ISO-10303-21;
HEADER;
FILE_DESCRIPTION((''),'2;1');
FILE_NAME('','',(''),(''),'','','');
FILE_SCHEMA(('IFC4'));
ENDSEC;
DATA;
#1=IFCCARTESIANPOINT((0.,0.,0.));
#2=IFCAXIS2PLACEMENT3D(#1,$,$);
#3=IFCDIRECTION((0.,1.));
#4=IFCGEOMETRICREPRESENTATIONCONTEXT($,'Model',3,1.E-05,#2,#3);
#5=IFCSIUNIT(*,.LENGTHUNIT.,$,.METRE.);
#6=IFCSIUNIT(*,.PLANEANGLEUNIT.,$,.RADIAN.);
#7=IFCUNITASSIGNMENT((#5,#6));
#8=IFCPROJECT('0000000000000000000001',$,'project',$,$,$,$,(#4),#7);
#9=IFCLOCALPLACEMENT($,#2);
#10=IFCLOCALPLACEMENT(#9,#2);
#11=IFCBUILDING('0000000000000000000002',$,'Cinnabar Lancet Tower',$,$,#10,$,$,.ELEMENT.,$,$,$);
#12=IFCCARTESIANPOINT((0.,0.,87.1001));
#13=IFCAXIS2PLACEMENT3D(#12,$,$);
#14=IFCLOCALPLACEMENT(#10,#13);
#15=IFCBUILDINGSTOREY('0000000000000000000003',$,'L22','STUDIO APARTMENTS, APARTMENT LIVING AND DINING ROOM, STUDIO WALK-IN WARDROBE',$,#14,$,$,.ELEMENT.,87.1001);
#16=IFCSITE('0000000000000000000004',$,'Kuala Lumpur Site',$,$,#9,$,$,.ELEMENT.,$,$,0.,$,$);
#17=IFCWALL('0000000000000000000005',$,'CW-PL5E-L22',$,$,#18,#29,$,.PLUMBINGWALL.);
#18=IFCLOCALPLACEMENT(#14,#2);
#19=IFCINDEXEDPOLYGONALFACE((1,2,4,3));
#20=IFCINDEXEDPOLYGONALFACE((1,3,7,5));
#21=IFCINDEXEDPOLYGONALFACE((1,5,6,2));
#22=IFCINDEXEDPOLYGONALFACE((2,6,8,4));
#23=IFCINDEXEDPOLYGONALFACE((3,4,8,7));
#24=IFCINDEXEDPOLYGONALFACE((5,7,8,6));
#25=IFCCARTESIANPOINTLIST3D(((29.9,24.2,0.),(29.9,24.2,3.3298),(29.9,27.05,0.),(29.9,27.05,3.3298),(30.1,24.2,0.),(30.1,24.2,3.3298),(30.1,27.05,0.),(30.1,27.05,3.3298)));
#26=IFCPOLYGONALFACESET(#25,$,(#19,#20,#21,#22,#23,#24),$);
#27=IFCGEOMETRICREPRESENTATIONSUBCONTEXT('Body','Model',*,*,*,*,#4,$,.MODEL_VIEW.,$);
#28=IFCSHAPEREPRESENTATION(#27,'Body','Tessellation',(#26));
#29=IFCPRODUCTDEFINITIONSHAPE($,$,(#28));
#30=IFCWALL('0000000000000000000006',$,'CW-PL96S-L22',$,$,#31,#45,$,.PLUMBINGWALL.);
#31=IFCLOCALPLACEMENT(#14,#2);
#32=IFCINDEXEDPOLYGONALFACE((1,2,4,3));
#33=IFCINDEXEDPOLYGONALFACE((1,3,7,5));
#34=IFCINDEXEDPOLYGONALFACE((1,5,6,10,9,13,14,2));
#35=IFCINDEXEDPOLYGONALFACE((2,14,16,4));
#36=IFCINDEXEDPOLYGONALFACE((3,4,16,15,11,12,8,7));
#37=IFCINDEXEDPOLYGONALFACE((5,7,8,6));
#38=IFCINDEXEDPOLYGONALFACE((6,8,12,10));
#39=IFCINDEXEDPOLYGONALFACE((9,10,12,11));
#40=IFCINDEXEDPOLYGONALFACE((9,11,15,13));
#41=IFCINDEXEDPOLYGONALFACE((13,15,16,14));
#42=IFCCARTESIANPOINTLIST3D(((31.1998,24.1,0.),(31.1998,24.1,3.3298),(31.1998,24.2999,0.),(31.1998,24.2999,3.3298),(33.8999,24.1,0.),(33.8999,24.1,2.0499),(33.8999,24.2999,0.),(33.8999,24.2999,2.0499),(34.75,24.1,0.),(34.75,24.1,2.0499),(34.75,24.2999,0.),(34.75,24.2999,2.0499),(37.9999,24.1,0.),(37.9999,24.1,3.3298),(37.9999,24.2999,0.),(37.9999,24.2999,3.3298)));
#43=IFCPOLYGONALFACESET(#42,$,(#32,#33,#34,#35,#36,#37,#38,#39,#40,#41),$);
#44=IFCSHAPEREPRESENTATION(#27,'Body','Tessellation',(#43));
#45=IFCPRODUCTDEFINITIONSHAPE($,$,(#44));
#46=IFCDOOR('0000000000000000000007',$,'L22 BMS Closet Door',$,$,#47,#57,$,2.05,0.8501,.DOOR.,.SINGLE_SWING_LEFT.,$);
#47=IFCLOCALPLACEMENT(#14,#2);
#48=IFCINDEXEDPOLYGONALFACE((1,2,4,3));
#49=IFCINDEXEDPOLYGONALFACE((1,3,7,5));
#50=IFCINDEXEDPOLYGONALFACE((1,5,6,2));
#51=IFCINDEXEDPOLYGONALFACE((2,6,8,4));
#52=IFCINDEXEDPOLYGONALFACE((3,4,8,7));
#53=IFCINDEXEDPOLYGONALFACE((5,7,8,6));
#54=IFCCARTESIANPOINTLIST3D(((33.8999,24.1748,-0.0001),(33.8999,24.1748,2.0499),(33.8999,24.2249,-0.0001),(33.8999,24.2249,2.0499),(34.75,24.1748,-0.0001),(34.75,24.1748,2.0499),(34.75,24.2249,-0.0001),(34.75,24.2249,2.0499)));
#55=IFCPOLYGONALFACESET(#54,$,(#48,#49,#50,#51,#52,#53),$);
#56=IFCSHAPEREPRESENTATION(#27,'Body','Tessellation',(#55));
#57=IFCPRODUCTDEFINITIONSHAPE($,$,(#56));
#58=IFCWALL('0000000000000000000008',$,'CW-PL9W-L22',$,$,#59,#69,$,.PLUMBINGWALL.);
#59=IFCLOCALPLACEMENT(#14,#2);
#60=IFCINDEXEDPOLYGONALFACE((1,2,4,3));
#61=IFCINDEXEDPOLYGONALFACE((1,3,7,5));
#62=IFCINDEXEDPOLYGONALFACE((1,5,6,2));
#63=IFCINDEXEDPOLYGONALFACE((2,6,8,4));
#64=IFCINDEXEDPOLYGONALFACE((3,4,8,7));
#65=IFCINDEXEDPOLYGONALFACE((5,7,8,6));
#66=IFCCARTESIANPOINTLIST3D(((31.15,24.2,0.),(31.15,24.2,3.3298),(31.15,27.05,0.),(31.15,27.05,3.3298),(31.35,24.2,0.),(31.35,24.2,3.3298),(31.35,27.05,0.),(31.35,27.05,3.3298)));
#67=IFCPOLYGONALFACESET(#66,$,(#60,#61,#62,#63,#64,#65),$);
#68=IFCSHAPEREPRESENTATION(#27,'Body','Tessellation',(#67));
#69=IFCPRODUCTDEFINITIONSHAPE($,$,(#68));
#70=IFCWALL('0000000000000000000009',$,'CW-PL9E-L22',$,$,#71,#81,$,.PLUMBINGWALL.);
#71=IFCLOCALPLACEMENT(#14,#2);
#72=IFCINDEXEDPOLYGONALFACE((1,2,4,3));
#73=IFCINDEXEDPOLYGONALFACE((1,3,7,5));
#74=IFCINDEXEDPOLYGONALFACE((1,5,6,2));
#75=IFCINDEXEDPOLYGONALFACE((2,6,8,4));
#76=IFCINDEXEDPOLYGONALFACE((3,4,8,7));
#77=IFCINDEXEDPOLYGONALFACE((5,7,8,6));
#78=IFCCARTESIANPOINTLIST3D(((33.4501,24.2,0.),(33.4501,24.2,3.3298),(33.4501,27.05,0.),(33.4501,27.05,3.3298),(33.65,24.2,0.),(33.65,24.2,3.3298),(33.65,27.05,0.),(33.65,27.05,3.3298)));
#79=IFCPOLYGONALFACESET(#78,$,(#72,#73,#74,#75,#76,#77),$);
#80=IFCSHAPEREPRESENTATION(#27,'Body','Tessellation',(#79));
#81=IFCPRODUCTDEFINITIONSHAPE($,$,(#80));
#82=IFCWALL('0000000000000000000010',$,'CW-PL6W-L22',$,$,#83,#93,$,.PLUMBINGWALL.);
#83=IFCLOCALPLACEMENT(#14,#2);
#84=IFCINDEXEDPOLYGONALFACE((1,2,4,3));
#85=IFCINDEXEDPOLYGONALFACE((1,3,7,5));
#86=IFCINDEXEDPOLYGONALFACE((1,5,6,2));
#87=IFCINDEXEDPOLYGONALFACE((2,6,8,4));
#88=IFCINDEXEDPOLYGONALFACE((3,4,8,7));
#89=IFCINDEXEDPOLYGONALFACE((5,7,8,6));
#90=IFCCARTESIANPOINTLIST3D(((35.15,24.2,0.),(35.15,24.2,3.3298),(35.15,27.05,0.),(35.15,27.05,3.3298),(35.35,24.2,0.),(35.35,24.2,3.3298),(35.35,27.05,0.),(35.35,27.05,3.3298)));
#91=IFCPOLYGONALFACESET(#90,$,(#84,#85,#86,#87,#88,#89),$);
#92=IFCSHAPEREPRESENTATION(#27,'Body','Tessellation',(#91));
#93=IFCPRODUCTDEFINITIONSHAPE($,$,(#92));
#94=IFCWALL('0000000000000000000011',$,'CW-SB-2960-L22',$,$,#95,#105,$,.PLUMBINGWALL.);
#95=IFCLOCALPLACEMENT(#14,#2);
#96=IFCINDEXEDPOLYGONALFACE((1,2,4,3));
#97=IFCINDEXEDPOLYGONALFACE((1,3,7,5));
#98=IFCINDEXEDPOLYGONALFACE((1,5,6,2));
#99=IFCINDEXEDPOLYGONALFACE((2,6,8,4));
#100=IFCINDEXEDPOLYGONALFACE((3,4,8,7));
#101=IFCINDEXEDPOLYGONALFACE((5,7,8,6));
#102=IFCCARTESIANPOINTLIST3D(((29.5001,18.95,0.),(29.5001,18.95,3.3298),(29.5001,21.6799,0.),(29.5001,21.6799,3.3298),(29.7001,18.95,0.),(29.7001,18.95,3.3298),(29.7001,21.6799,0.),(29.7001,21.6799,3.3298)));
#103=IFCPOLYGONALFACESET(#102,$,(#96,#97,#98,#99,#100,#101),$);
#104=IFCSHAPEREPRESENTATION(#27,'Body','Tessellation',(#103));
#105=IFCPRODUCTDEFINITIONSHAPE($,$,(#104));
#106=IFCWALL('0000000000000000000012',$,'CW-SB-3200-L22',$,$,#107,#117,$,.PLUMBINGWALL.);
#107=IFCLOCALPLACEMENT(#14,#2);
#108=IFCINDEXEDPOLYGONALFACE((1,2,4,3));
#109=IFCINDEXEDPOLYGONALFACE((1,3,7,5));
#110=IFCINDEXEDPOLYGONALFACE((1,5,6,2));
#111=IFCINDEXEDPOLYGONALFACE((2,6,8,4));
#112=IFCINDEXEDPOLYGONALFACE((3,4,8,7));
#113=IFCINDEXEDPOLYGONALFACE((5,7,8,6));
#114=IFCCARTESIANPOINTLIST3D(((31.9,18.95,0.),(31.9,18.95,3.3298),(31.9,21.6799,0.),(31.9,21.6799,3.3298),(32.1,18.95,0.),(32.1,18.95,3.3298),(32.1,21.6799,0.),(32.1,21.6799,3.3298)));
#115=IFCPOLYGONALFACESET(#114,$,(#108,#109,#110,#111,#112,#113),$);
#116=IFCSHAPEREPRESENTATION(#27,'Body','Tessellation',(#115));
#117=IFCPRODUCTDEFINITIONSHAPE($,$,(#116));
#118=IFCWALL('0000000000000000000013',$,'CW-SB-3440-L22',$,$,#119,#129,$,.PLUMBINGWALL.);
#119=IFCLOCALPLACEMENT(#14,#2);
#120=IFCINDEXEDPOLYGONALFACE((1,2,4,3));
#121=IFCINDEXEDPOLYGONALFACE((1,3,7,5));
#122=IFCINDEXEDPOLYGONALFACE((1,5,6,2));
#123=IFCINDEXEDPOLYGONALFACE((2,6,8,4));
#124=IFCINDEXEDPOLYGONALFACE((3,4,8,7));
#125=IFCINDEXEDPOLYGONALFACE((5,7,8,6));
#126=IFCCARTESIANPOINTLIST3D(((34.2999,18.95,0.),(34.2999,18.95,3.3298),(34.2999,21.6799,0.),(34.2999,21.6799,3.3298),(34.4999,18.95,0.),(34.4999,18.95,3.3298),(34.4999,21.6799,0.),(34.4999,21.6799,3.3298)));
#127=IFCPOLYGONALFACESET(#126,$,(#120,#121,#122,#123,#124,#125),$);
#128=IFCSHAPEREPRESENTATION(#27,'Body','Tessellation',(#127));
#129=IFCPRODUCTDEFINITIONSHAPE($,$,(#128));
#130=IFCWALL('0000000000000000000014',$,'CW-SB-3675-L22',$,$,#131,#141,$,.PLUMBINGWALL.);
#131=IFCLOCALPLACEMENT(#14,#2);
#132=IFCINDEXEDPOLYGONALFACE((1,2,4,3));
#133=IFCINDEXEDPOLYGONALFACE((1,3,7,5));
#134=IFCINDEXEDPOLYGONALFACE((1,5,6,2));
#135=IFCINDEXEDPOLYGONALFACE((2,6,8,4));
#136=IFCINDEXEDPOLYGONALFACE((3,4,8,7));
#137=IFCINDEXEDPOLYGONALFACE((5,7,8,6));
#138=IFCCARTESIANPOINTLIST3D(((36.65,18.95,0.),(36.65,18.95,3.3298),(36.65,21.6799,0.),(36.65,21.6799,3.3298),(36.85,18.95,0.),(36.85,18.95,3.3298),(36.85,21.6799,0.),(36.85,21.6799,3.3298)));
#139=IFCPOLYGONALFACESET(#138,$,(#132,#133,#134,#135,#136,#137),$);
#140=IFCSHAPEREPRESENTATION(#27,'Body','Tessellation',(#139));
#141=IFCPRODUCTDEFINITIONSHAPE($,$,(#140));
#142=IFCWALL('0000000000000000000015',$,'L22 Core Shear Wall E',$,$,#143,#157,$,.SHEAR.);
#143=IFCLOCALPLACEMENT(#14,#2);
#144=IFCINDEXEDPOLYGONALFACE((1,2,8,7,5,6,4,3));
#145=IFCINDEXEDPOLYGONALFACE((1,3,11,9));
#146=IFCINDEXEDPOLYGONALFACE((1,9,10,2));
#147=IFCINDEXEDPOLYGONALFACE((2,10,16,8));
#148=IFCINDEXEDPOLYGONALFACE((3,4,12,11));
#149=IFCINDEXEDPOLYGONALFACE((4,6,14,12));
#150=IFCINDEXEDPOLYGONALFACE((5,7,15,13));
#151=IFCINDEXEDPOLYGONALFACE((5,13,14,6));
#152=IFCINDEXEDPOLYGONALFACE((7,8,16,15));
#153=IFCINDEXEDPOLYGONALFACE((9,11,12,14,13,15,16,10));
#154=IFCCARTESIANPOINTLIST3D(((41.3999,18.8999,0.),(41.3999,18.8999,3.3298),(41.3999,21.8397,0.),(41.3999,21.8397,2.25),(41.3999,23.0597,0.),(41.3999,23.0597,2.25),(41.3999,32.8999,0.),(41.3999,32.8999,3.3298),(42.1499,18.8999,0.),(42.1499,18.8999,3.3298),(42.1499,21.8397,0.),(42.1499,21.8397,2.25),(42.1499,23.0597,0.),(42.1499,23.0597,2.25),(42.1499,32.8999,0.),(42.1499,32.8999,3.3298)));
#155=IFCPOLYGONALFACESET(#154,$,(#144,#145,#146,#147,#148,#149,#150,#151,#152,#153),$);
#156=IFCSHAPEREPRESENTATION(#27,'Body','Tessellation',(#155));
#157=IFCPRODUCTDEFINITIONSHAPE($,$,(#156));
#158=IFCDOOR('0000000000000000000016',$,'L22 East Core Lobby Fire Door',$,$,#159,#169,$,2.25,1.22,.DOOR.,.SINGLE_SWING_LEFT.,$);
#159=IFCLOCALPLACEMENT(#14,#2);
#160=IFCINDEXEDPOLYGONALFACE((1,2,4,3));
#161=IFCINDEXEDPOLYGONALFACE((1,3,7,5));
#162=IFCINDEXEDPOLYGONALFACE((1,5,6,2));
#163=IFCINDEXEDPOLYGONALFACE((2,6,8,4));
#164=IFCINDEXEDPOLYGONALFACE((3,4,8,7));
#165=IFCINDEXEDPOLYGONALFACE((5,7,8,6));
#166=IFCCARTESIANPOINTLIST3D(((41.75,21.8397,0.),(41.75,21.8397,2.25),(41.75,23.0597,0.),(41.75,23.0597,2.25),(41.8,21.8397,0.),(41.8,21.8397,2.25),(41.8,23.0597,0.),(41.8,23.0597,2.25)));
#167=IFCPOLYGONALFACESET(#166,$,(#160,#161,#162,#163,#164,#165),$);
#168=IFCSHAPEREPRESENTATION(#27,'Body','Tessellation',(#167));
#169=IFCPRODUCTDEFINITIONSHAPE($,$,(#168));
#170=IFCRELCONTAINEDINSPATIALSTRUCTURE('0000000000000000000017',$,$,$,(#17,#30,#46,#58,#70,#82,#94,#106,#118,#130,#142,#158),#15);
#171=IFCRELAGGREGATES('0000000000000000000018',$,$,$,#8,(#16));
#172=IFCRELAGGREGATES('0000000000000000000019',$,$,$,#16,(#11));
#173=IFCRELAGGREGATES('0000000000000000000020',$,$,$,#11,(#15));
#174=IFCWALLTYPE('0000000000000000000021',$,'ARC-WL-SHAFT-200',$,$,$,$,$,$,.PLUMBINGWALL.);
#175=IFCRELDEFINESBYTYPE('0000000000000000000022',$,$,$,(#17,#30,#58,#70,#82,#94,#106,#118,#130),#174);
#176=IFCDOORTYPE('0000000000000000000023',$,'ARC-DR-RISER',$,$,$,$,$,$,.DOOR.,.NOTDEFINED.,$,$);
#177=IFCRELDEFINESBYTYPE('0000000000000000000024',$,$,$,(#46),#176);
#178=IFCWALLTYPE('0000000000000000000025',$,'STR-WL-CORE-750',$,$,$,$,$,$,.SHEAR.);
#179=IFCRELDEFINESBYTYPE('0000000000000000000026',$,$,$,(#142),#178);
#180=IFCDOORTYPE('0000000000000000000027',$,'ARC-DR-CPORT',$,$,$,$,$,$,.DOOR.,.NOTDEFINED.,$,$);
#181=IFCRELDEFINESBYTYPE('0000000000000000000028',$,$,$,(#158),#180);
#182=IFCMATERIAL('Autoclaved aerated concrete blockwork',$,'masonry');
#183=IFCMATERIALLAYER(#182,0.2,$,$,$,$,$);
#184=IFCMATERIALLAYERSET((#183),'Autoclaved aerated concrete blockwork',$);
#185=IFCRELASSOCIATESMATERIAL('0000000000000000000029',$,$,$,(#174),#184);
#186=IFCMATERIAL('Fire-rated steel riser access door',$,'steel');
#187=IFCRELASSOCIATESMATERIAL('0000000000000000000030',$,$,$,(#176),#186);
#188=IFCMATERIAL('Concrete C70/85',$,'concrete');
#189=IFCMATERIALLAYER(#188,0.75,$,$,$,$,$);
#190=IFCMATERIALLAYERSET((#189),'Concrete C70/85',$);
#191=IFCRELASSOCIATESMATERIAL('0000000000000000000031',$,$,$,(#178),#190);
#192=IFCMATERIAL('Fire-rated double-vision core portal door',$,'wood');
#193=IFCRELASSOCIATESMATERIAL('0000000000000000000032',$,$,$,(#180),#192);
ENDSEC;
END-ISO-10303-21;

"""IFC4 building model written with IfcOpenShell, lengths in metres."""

from ifc_helpers import new_model, si_unit, direction, frame, frame_2d, origin, place, context, subcontext, project, spatial, rectangle, extrude, material, layer, layer_set, type_object, element, fill, save


model = new_model("IFC4")

# Units and contexts
model_context = context("Model", 3, precision=1e-05, world=origin(), true_north=direction((0.0, 1.0)))
body_context = subcontext(model_context, "Body", "Model", "MODEL_VIEW")
ifc_project = project(units=[si_unit("LENGTHUNIT", "METRE"), si_unit("PLANEANGLEUNIT", "RADIAN")], contexts=[model_context])

# Site, building, storey
site_placement = place(None, origin())
site = spatial("IfcSite", under=ifc_project, at=site_placement, Name="Kuala Lumpur Site", CompositionType="ELEMENT", RefElevation=0.0)
building_placement = place(site_placement, origin())
building = spatial("IfcBuilding", under=site, at=building_placement, Name="Cinnabar Lancet Tower", CompositionType="ELEMENT")
storey_placement = place(building_placement, frame((0.0, 0.0, 87.1001)))
storey = spatial("IfcBuildingStorey", under=building, at=storey_placement, Name="L22", Description="STUDIO APARTMENTS, APARTMENT LIVING AND DINING ROOM, STUDIO WALK-IN WARDROBE", CompositionType="ELEMENT", Elevation=87.1001)

# Wall
ifc_material_1 = material(Name="Autoclaved aerated concrete blockwork", Category="masonry")
ifc_layer_1 = layer(ifc_material_1, 0.2)
ifc_layer_set_1 = layer_set([ifc_layer_1], Name="Autoclaved aerated concrete blockwork")
wall_type_1 = type_object("IfcWallType", Name="ARC-WL-SHAFT-200", PredefinedType="PLUMBINGWALL", material=ifc_layer_set_1)
wall_1_placement = place(storey_placement, frame((30.0, 24.2, 0.0), z_axis=(0.0, 0.0, 1.0), x_axis=(0.0, 1.0, 0.0)))
element("IfcWall", 1, at=wall_1_placement, inside=storey, type_object=wall_type_1, Name="CW-PL5E-L22", PredefinedType="PLUMBINGWALL", context=body_context, shape_type="SweptSolid", body=[
    extrude(rectangle(XDim=2.8501, YDim=0.2, at=frame_2d((1.425, 0.0))), origin(), (0.0, 0.0, 1.0), 3.3298),
])

# Wall, opening, door
wall_2_placement = place(storey_placement, frame((31.2, 24.2, 0.0), z_axis=(0.0, 0.0, 1.0), x_axis=(1.0, 0.0, 0.0)))
wall_2 = element("IfcWall", 2, at=wall_2_placement, inside=storey, type_object=wall_type_1, Name="CW-PL96S-L22", PredefinedType="PLUMBINGWALL", context=body_context, shape_type="SweptSolid", body=[
    extrude(rectangle(XDim=6.8, YDim=0.2, at=frame_2d((3.3999, 0.0))), origin(), (0.0, 0.0, 1.0), 3.3298),
])
opening_1_placement = place(wall_2_placement, frame((2.7, 0.0, 0.0)))
opening_1 = element("IfcOpeningElement", 3, at=opening_1_placement, cuts=wall_2, PredefinedType="OPENING", context=body_context, shape_type="SweptSolid", body=[
    extrude(rectangle(XDim=0.8501, YDim=2.05, at=frame_2d((0.425, 1.0249))), frame((0.0, 0.1099, 0.0), z_axis=(0.0, -1.0, 0.0), x_axis=(1.0, 0.0, 0.0)), (0.0, 0.0, 1.0), 0.22),
])
ifc_material_2 = material(Name="Fire-rated steel riser access door", Category="steel")
door_type_1 = type_object("IfcDoorType", Name="ARC-DR-RISER", OperationType="NOTDEFINED", PredefinedType="DOOR", material=ifc_material_2)
door_1_placement = place(opening_1_placement, origin())
door_1 = element("IfcDoor", 4, at=door_1_placement, inside=storey, type_object=door_type_1, Name="L22 BMS Closet Door", OperationType="SINGLE_SWING_LEFT", OverallHeight=2.05, OverallWidth=0.8501, PredefinedType="DOOR", context=body_context, shape_type="SweptSolid", body=[
    extrude(rectangle(XDim=0.8501, YDim=2.05, at=frame_2d((0.425, 1.0249))), frame((0.0, 0.0249, 0.0), z_axis=(0.0, -1.0, 0.0), x_axis=(1.0, 0.0, 0.0)), (0.0, 0.0, 1.0), 0.05),
])
fill(opening_1, door_1)

# Walls
for number, where, z_axis, x_axis, name in (
    (5, (31.25, 24.2, 0.0), (0.0, 0.0, 1.0), (0.0, 1.0, 0.0), "CW-PL9W-L22"),
    (6, (33.55, 24.2, 0.0), (0.0, 0.0, 1.0), (0.0, 1.0, 0.0), "CW-PL9E-L22"),
    (7, (35.25, 24.2, 0.0), (0.0, 0.0, 1.0), (0.0, 1.0, 0.0), "CW-PL6W-L22"),
):
    element("IfcWall", number, at=place(storey_placement, frame(where, z_axis=z_axis, x_axis=x_axis)), inside=storey, type_object=wall_type_1, Name=name, PredefinedType="PLUMBINGWALL", context=body_context, shape_type="SweptSolid", body=[
        extrude(rectangle(XDim=2.8501, YDim=0.2, at=frame_2d((1.425, 0.0))), origin(), (0.0, 0.0, 1.0), 3.3298),
    ])
for number, where, z_axis, x_axis, name in (
    (8, (29.6001, 18.95, 0.0), (0.0, 0.0, 1.0), (0.0, 1.0, 0.0), "CW-SB-2960-L22"),
    (9, (32.0, 18.95, 0.0), (0.0, 0.0, 1.0), (0.0, 1.0, 0.0), "CW-SB-3200-L22"),
    (10, (34.3999, 18.95, 0.0), (0.0, 0.0, 1.0), (0.0, 1.0, 0.0), "CW-SB-3440-L22"),
    (11, (36.75, 18.95, 0.0), (0.0, 0.0, 1.0), (0.0, 1.0, 0.0), "CW-SB-3675-L22"),
):
    element("IfcWall", number, at=place(storey_placement, frame(where, z_axis=z_axis, x_axis=x_axis)), inside=storey, type_object=wall_type_1, Name=name, PredefinedType="PLUMBINGWALL", context=body_context, shape_type="SweptSolid", body=[
        extrude(rectangle(XDim=2.73, YDim=0.2, at=frame_2d((1.365, 0.0))), origin(), (0.0, 0.0, 1.0), 3.3298),
    ])

# Wall, opening, door
ifc_material_3 = material(Name="Concrete C70/85", Category="concrete")
ifc_layer_2 = layer(ifc_material_3, 0.75)
ifc_layer_set_2 = layer_set([ifc_layer_2], Name="Concrete C70/85")
wall_type_2 = type_object("IfcWallType", Name="STR-WL-CORE-750", PredefinedType="SHEAR", material=ifc_layer_set_2)
wall_3_placement = place(storey_placement, frame((41.7749, 18.8999, 0.0), z_axis=(0.0, 0.0, 1.0), x_axis=(0.0, 1.0, 0.0)))
wall_3 = element("IfcWall", 12, at=wall_3_placement, inside=storey, type_object=wall_type_2, Name="L22 Core Shear Wall E", PredefinedType="SHEAR", context=body_context, shape_type="SweptSolid", body=[
    extrude(rectangle(XDim=14.0, YDim=0.75, at=frame_2d((7.0, 0.0))), origin(), (0.0, 0.0, 1.0), 3.3298),
])
opening_2_placement = place(wall_3_placement, frame((2.9399, 0.0, 0.0)))
opening_2 = element("IfcOpeningElement", 13, at=opening_2_placement, cuts=wall_3, PredefinedType="OPENING", context=body_context, shape_type="SweptSolid", body=[
    extrude(rectangle(XDim=1.22, YDim=2.25, at=frame_2d((0.6099, 1.125))), frame((0.0, 0.385, 0.0), z_axis=(0.0, -1.0, 0.0), x_axis=(1.0, 0.0, 0.0)), (0.0, 0.0, 1.0), 0.77),
])
ifc_material_4 = material(Name="Fire-rated double-vision core portal door", Category="wood")
door_type_2 = type_object("IfcDoorType", Name="ARC-DR-CPORT", OperationType="NOTDEFINED", PredefinedType="DOOR", material=ifc_material_4)
door_2_placement = place(opening_2_placement, origin())
door_2 = element("IfcDoor", 14, at=door_2_placement, inside=storey, type_object=door_type_2, Name="L22 East Core Lobby Fire Door", OperationType="SINGLE_SWING_LEFT", OverallHeight=2.25, OverallWidth=1.22, PredefinedType="DOOR", context=body_context, shape_type="SweptSolid", body=[
    extrude(rectangle(XDim=1.22, YDim=2.25, at=frame_2d((0.6099, 1.125))), frame((0.0, 0.0249, 0.0), z_axis=(0.0, -1.0, 0.0), x_axis=(1.0, 0.0, 0.0)), (0.0, 0.0, 1.0), 0.05),
])
fill(opening_2, door_2)

save(model, "model.ifc")
